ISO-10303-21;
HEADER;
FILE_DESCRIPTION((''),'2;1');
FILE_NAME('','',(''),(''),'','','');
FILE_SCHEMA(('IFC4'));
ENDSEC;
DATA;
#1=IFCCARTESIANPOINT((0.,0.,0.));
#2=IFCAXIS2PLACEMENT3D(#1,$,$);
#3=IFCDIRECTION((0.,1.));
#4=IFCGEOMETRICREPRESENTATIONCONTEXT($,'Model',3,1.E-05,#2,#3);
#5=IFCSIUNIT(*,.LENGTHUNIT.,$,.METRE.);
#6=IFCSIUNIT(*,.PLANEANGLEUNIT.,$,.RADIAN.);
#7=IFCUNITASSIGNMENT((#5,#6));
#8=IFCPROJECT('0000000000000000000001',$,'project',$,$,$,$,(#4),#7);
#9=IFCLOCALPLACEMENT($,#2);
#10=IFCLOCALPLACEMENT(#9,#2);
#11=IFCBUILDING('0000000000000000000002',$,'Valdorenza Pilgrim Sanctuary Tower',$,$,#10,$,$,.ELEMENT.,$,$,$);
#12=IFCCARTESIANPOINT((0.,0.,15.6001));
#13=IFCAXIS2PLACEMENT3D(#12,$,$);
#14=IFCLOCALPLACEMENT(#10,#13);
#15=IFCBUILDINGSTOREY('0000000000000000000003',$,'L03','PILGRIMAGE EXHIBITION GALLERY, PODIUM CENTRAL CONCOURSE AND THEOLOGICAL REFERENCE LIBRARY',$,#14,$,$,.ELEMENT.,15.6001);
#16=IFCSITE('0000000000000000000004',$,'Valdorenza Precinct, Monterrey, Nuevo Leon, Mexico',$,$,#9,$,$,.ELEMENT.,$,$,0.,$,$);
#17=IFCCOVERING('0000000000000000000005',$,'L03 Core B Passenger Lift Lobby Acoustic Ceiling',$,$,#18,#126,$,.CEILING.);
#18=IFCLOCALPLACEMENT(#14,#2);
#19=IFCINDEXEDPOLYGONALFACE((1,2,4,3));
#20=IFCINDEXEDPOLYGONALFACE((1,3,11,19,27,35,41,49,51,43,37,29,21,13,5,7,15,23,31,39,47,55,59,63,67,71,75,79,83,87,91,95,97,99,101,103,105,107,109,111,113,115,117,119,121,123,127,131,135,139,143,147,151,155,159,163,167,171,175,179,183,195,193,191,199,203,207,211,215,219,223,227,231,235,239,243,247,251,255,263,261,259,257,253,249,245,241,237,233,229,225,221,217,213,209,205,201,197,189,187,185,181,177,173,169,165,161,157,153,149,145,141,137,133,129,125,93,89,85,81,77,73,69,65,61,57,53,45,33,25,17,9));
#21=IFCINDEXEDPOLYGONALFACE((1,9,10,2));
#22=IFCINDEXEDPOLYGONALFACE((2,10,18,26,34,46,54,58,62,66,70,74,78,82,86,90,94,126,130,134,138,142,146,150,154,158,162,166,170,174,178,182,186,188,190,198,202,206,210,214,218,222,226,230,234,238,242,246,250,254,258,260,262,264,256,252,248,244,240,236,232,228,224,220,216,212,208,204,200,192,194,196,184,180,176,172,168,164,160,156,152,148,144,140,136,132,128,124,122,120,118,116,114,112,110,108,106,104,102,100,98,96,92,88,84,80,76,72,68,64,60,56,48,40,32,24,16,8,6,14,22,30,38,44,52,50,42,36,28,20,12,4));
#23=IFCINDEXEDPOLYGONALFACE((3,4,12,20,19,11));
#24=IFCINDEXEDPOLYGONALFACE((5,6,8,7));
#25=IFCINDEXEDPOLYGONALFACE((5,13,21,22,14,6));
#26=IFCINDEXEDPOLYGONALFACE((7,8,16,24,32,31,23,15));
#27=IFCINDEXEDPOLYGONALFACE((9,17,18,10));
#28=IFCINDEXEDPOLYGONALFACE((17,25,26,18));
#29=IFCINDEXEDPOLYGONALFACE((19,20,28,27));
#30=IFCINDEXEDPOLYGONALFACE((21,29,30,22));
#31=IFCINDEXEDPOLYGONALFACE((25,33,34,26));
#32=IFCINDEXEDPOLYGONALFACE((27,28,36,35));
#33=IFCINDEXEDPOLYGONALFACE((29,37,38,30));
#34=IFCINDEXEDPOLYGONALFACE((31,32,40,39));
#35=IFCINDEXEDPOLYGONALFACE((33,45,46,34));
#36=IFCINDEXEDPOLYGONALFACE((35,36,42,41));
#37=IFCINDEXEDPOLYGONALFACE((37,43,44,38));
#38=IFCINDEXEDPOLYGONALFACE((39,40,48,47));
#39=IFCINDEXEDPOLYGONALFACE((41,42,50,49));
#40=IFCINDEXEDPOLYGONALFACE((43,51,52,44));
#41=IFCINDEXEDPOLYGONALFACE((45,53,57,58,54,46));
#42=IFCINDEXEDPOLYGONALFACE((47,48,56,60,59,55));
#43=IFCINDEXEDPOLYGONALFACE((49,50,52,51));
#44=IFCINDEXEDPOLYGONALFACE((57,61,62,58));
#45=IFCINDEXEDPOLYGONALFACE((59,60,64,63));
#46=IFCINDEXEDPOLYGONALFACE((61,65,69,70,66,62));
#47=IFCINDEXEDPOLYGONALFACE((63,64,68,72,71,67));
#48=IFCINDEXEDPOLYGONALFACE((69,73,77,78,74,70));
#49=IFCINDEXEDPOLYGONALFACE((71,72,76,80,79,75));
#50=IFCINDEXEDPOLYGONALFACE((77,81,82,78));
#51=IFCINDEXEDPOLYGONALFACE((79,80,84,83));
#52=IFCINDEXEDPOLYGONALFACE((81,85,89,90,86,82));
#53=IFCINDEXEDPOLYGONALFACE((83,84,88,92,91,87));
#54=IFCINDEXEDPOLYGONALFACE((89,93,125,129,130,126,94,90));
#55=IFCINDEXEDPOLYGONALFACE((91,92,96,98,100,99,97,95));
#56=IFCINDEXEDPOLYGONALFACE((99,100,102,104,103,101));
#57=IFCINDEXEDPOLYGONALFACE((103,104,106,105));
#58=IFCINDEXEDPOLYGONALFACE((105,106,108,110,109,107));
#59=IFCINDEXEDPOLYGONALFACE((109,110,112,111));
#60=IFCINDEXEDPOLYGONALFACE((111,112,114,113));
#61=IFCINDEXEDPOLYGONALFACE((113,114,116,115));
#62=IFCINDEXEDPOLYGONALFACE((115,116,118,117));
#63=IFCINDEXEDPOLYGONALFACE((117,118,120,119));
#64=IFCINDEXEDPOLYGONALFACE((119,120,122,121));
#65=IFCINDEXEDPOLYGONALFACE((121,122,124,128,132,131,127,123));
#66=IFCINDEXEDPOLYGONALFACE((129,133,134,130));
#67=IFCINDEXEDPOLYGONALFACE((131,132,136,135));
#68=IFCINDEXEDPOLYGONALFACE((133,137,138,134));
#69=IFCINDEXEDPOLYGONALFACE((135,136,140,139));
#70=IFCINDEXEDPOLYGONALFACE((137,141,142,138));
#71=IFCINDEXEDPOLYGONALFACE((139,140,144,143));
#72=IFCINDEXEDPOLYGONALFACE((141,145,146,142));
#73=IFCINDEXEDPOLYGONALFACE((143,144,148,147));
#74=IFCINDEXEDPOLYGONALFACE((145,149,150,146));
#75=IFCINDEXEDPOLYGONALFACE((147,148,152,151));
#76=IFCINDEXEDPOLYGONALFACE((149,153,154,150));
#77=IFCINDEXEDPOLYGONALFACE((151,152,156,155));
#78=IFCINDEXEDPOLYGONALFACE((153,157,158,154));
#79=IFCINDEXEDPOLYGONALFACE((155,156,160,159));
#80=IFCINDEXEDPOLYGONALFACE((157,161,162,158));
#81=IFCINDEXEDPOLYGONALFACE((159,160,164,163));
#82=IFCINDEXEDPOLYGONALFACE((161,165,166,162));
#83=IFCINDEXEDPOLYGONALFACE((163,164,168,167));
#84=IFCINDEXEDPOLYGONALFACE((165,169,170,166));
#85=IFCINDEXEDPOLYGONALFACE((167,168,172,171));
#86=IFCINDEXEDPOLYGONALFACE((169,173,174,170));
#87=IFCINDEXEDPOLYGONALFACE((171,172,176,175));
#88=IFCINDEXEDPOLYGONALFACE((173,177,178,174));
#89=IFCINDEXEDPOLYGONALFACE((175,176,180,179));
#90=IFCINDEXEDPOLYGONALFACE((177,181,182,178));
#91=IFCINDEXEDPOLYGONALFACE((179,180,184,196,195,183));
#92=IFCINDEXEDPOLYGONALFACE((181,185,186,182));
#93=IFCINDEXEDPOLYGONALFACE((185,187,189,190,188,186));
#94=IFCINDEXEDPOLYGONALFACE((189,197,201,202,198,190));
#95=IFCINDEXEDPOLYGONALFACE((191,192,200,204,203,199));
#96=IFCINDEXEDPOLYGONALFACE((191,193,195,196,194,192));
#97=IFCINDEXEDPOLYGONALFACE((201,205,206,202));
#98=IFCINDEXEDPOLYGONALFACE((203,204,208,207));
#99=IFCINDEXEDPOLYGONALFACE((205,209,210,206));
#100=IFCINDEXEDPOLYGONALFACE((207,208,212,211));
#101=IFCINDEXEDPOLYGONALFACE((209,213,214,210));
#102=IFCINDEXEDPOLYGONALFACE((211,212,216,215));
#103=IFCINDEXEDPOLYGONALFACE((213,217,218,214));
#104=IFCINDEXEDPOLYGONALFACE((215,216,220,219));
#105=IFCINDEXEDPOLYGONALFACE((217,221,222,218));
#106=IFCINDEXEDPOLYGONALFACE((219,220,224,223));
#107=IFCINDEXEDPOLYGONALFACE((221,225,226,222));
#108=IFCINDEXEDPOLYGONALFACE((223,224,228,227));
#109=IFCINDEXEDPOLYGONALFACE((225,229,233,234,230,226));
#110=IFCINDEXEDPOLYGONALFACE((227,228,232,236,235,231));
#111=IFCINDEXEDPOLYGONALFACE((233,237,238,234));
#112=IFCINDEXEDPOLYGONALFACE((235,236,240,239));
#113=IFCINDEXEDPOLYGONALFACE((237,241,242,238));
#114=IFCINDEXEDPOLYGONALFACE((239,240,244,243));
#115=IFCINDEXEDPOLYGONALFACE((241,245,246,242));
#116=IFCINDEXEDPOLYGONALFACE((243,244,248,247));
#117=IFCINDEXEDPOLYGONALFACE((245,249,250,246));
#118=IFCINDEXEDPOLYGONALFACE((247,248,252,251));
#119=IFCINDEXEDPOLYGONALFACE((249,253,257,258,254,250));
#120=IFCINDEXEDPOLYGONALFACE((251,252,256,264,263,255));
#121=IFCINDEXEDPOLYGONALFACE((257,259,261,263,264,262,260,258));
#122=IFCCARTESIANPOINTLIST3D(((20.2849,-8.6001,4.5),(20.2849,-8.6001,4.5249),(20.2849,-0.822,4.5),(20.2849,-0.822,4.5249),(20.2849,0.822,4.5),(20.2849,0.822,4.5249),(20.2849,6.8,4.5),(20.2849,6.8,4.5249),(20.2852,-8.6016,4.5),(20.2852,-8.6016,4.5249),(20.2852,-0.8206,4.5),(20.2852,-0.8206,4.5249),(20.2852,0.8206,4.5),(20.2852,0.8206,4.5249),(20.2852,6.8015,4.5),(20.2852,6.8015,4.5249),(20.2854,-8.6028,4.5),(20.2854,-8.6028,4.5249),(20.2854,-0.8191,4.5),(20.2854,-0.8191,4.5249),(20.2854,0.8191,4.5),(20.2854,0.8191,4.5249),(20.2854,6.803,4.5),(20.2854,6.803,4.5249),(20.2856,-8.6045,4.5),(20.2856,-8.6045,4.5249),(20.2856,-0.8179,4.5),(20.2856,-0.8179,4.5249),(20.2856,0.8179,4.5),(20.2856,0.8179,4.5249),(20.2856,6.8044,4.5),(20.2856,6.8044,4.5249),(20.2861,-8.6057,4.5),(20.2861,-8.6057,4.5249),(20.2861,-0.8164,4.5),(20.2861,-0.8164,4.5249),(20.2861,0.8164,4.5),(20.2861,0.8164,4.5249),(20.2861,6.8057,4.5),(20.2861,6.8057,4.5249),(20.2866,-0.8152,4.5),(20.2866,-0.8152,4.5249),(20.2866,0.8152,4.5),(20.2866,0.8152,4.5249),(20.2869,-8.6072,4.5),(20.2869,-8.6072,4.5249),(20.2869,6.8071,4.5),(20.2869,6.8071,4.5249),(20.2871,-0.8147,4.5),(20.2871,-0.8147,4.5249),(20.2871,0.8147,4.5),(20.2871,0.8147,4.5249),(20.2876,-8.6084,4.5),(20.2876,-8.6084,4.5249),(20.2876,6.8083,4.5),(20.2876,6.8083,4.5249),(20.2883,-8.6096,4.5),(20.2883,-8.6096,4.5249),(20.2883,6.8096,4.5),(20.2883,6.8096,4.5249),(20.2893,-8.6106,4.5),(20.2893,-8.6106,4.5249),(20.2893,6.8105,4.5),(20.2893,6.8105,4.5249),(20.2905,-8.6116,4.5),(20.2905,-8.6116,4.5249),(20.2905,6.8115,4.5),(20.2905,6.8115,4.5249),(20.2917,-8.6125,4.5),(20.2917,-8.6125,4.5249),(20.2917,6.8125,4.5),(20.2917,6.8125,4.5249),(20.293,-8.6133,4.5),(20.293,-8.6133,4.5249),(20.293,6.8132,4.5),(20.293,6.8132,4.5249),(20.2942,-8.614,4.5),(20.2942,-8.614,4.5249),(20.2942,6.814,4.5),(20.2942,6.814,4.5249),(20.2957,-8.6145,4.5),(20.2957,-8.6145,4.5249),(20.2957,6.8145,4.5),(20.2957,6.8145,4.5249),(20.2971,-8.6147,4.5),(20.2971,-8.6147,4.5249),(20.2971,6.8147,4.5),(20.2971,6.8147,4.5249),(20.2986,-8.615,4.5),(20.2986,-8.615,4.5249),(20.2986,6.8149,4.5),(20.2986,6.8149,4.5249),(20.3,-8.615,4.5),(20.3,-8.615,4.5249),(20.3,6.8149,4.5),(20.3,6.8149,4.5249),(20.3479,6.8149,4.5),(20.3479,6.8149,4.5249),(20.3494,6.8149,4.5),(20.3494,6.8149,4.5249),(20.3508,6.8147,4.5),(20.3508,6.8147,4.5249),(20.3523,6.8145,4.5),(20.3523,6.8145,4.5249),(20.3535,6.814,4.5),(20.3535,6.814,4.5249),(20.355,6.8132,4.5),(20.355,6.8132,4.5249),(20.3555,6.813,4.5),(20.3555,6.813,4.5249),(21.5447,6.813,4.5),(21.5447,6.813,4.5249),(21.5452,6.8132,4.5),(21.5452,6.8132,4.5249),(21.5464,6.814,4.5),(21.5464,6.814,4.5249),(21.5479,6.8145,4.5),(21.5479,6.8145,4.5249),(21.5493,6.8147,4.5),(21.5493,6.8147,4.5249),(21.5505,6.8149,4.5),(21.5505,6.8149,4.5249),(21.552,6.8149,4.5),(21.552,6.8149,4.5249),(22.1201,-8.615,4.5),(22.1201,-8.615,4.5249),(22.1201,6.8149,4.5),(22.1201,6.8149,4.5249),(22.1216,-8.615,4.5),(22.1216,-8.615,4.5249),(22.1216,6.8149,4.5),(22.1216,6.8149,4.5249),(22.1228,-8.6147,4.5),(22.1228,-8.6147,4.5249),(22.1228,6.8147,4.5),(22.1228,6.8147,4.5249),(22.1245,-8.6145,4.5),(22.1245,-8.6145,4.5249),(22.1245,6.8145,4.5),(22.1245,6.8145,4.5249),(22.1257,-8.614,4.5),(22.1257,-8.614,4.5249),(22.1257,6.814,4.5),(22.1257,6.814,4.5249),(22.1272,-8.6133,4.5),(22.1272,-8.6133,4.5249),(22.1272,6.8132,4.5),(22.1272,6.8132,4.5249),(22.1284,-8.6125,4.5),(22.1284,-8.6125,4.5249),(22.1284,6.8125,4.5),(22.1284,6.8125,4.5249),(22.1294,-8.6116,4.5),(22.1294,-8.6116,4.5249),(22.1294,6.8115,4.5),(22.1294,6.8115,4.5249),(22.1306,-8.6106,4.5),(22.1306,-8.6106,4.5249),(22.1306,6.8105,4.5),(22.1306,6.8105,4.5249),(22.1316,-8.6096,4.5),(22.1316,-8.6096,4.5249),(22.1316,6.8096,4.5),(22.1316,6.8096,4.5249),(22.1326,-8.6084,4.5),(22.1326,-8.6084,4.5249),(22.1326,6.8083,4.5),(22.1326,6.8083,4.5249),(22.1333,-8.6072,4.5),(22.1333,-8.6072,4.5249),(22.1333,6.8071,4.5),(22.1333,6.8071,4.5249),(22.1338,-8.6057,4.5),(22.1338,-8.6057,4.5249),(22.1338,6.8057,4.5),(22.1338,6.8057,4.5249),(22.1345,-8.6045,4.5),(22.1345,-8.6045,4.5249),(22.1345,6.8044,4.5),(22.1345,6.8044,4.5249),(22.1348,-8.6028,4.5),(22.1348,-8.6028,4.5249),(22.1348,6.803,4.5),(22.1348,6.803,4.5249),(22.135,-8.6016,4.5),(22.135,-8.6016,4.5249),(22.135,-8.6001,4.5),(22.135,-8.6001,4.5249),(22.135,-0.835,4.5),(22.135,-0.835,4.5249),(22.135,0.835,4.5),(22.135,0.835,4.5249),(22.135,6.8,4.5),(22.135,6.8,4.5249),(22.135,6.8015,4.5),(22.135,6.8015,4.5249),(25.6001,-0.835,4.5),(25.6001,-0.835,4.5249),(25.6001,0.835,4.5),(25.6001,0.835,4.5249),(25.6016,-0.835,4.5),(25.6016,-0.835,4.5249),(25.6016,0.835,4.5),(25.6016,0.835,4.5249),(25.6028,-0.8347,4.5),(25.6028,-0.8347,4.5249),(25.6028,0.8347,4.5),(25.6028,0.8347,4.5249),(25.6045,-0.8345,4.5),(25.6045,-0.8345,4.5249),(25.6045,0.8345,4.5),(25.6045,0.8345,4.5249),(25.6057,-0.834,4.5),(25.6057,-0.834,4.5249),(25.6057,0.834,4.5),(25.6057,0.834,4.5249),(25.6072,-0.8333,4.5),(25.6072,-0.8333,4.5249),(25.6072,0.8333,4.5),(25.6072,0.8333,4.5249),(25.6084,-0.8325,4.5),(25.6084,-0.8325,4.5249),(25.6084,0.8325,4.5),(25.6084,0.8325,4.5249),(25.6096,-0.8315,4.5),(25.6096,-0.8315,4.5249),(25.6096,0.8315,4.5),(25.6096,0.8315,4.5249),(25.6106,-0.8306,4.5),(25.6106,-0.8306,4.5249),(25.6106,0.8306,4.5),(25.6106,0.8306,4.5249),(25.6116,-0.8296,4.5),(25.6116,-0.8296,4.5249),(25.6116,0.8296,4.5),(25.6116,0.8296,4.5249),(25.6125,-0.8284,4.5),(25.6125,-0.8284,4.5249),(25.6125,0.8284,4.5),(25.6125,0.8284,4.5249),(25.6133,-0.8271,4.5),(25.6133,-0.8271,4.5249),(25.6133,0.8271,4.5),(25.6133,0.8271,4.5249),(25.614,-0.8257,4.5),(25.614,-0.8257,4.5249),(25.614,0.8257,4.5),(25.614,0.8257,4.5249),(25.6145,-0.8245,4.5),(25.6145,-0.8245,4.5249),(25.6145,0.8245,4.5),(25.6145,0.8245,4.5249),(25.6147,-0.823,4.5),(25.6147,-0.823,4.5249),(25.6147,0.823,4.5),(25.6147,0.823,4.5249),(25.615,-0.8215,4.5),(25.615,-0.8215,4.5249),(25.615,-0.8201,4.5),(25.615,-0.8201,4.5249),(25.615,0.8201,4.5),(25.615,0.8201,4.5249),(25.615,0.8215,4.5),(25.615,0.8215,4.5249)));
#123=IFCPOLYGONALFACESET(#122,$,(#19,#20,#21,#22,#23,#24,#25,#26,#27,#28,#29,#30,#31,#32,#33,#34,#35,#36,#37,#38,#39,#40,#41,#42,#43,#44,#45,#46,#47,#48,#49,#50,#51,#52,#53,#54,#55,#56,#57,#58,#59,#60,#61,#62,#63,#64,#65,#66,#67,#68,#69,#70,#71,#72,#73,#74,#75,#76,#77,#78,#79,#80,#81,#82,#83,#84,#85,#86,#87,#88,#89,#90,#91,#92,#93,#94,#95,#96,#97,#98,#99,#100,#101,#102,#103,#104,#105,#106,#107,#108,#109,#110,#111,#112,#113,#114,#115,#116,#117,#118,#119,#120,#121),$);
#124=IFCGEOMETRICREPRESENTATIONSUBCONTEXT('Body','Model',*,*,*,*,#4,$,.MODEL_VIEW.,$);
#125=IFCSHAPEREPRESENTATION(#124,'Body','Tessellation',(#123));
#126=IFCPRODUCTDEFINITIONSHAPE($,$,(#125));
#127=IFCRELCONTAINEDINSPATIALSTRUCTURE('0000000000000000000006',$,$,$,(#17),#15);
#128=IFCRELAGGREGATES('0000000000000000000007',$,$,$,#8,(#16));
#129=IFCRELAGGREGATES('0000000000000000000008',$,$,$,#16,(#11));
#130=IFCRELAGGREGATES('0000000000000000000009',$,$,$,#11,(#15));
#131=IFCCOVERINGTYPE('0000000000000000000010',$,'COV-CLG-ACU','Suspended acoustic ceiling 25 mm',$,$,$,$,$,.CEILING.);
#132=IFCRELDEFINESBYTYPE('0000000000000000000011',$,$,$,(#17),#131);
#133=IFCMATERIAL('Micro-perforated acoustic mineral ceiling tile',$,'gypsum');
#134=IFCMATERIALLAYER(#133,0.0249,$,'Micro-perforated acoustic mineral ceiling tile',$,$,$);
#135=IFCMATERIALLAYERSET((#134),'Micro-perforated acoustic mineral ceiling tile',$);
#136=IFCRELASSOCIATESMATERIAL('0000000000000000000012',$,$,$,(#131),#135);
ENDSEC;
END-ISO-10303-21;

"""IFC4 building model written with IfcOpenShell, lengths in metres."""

from ifc_helpers import new_model, si_unit, direction, frame, origin, place, context, subcontext, project, spatial, polyline, outline, extrude, material, layer, layer_set, type_object, element, save


model = new_model("IFC4")

# Units and contexts
model_context = context("Model", 3, precision=1e-05, world=origin(), true_north=direction((0.0, 1.0)))
body_context = subcontext(model_context, "Body", "Model", "MODEL_VIEW")
ifc_project = project(units=[si_unit("LENGTHUNIT", "METRE"), si_unit("PLANEANGLEUNIT", "RADIAN")], contexts=[model_context])

# Site, building, storey
site_placement = place(None, origin())
site = spatial("IfcSite", under=ifc_project, at=site_placement, Name="Valdorenza Precinct, Monterrey, Nuevo Leon, Mexico", CompositionType="ELEMENT", RefElevation=0.0)
building_placement = place(site_placement, origin())
building = spatial("IfcBuilding", under=site, at=building_placement, Name="Valdorenza Pilgrim Sanctuary Tower", CompositionType="ELEMENT")
storey_placement = place(building_placement, frame((0.0, 0.0, 15.6001)))
storey = spatial("IfcBuildingStorey", under=building, at=storey_placement, Name="L03", Description="PILGRIMAGE EXHIBITION GALLERY, PODIUM CENTRAL CONCOURSE AND THEOLOGICAL REFERENCE LIBRARY", CompositionType="ELEMENT", Elevation=15.6001)

# Covering
ifc_material_1 = material(Name="Micro-perforated acoustic mineral ceiling tile", Category="gypsum")
ifc_layer_1 = layer(ifc_material_1, 0.0249, Name="Micro-perforated acoustic mineral ceiling tile")
ifc_layer_set_1 = layer_set([ifc_layer_1], Name="Micro-perforated acoustic mineral ceiling tile")
covering_type_1 = type_object("IfcCoveringType", Name="COV-CLG-ACU", Description="Suspended acoustic ceiling 25 mm", PredefinedType="CEILING", material=ifc_layer_set_1)
covering_1_placement = place(storey_placement, frame((0.0, 0.0, 4.5)))
element("IfcCovering", 1, at=covering_1_placement, inside=storey, type_object=covering_type_1, Name="L03 Core B Passenger Lift Lobby Acoustic Ceiling", PredefinedType="CEILING", context=body_context, shape_type="SweptSolid", body=[
    extrude(outline(polyline([(20.2871, -0.8147), (20.2871, 0.8147), (20.2866, 0.8152), (20.2861, 0.8164), (20.2856, 0.8179), (20.2854, 0.8191), (20.2852, 0.8206), (20.2849, 0.822), (20.2849, 6.8), (20.2852, 6.8015), (20.2854, 6.803), (20.2856, 6.8044), (20.2861, 6.8057), (20.2869, 6.8071), (20.2876, 6.8083), (20.2883, 6.8096), (20.2893, 6.8105), (20.2905, 6.8115), (20.2917, 6.8125), (20.293, 6.8132), (20.2942, 6.814), (20.2957, 6.8145), (20.2971, 6.8147), (20.2986, 6.8149), (20.3, 6.8149), (20.3479, 6.8149), (20.3494, 6.8149), (20.3508, 6.8147), (20.3523, 6.8145), (20.3535, 6.814), (20.355, 6.8132), (20.3555, 6.813), (21.5447, 6.813), (21.5452, 6.8132), (21.5464, 6.814), (21.5479, 6.8145), (21.5493, 6.8147), (21.5505, 6.8149), (21.552, 6.8149), (22.1201, 6.8149), (22.1216, 6.8149), (22.1228, 6.8147), (22.1245, 6.8145), (22.1257, 6.814), (22.1272, 6.8132), (22.1284, 6.8125), (22.1294, 6.8115), (22.1306, 6.8105), (22.1316, 6.8096), (22.1326, 6.8083), (22.1333, 6.8071), (22.1338, 6.8057), (22.1345, 6.8044), (22.1348, 6.803), (22.135, 6.8015), (22.135, 6.8), (22.135, 0.835), (25.6001, 0.835), (25.6016, 0.835), (25.6028, 0.8347), (25.6045, 0.8345), (25.6057, 0.834), (25.6072, 0.8333), (25.6084, 0.8325), (25.6096, 0.8315), (25.6106, 0.8306), (25.6116, 0.8296), (25.6125, 0.8284), (25.6133, 0.8271), (25.614, 0.8257), (25.6145, 0.8245), (25.6147, 0.823), (25.615, 0.8215), (25.615, 0.8201), (25.615, -0.8201), (25.615, -0.8215), (25.6147, -0.823), (25.6145, -0.8245), (25.614, -0.8257), (25.6133, -0.8271), (25.6125, -0.8284), (25.6116, -0.8296), (25.6106, -0.8306), (25.6096, -0.8315), (25.6084, -0.8325), (25.6072, -0.8333), (25.6057, -0.834), (25.6045, -0.8345), (25.6028, -0.8347), (25.6016, -0.835), (25.6001, -0.835), (22.135, -0.835), (22.135, -8.6001), (22.135, -8.6016), (22.1348, -8.6028), (22.1345, -8.6045), (22.1338, -8.6057), (22.1333, -8.6072), (22.1326, -8.6084), (22.1316, -8.6096), (22.1306, -8.6106), (22.1294, -8.6116), (22.1284, -8.6125), (22.1272, -8.6133), (22.1257, -8.614), (22.1245, -8.6145), (22.1228, -8.6147), (22.1216, -8.615), (22.1201, -8.615), (20.3, -8.615), (20.2986, -8.615), (20.2971, -8.6147), (20.2957, -8.6145), (20.2942, -8.614), (20.293, -8.6133), (20.2917, -8.6125), (20.2905, -8.6116), (20.2893, -8.6106), (20.2883, -8.6096), (20.2876, -8.6084), (20.2869, -8.6072), (20.2861, -8.6057), (20.2856, -8.6045), (20.2854, -8.6028), (20.2852, -8.6016), (20.2849, -8.6001), (20.2849, -0.822), (20.2852, -0.8206), (20.2854, -0.8191), (20.2856, -0.8179), (20.2861, -0.8164), (20.2866, -0.8152), (20.2871, -0.8147)])), origin(), (0.0, 0.0, 1.0), 0.0249),
])

save(model, "model.ifc")
